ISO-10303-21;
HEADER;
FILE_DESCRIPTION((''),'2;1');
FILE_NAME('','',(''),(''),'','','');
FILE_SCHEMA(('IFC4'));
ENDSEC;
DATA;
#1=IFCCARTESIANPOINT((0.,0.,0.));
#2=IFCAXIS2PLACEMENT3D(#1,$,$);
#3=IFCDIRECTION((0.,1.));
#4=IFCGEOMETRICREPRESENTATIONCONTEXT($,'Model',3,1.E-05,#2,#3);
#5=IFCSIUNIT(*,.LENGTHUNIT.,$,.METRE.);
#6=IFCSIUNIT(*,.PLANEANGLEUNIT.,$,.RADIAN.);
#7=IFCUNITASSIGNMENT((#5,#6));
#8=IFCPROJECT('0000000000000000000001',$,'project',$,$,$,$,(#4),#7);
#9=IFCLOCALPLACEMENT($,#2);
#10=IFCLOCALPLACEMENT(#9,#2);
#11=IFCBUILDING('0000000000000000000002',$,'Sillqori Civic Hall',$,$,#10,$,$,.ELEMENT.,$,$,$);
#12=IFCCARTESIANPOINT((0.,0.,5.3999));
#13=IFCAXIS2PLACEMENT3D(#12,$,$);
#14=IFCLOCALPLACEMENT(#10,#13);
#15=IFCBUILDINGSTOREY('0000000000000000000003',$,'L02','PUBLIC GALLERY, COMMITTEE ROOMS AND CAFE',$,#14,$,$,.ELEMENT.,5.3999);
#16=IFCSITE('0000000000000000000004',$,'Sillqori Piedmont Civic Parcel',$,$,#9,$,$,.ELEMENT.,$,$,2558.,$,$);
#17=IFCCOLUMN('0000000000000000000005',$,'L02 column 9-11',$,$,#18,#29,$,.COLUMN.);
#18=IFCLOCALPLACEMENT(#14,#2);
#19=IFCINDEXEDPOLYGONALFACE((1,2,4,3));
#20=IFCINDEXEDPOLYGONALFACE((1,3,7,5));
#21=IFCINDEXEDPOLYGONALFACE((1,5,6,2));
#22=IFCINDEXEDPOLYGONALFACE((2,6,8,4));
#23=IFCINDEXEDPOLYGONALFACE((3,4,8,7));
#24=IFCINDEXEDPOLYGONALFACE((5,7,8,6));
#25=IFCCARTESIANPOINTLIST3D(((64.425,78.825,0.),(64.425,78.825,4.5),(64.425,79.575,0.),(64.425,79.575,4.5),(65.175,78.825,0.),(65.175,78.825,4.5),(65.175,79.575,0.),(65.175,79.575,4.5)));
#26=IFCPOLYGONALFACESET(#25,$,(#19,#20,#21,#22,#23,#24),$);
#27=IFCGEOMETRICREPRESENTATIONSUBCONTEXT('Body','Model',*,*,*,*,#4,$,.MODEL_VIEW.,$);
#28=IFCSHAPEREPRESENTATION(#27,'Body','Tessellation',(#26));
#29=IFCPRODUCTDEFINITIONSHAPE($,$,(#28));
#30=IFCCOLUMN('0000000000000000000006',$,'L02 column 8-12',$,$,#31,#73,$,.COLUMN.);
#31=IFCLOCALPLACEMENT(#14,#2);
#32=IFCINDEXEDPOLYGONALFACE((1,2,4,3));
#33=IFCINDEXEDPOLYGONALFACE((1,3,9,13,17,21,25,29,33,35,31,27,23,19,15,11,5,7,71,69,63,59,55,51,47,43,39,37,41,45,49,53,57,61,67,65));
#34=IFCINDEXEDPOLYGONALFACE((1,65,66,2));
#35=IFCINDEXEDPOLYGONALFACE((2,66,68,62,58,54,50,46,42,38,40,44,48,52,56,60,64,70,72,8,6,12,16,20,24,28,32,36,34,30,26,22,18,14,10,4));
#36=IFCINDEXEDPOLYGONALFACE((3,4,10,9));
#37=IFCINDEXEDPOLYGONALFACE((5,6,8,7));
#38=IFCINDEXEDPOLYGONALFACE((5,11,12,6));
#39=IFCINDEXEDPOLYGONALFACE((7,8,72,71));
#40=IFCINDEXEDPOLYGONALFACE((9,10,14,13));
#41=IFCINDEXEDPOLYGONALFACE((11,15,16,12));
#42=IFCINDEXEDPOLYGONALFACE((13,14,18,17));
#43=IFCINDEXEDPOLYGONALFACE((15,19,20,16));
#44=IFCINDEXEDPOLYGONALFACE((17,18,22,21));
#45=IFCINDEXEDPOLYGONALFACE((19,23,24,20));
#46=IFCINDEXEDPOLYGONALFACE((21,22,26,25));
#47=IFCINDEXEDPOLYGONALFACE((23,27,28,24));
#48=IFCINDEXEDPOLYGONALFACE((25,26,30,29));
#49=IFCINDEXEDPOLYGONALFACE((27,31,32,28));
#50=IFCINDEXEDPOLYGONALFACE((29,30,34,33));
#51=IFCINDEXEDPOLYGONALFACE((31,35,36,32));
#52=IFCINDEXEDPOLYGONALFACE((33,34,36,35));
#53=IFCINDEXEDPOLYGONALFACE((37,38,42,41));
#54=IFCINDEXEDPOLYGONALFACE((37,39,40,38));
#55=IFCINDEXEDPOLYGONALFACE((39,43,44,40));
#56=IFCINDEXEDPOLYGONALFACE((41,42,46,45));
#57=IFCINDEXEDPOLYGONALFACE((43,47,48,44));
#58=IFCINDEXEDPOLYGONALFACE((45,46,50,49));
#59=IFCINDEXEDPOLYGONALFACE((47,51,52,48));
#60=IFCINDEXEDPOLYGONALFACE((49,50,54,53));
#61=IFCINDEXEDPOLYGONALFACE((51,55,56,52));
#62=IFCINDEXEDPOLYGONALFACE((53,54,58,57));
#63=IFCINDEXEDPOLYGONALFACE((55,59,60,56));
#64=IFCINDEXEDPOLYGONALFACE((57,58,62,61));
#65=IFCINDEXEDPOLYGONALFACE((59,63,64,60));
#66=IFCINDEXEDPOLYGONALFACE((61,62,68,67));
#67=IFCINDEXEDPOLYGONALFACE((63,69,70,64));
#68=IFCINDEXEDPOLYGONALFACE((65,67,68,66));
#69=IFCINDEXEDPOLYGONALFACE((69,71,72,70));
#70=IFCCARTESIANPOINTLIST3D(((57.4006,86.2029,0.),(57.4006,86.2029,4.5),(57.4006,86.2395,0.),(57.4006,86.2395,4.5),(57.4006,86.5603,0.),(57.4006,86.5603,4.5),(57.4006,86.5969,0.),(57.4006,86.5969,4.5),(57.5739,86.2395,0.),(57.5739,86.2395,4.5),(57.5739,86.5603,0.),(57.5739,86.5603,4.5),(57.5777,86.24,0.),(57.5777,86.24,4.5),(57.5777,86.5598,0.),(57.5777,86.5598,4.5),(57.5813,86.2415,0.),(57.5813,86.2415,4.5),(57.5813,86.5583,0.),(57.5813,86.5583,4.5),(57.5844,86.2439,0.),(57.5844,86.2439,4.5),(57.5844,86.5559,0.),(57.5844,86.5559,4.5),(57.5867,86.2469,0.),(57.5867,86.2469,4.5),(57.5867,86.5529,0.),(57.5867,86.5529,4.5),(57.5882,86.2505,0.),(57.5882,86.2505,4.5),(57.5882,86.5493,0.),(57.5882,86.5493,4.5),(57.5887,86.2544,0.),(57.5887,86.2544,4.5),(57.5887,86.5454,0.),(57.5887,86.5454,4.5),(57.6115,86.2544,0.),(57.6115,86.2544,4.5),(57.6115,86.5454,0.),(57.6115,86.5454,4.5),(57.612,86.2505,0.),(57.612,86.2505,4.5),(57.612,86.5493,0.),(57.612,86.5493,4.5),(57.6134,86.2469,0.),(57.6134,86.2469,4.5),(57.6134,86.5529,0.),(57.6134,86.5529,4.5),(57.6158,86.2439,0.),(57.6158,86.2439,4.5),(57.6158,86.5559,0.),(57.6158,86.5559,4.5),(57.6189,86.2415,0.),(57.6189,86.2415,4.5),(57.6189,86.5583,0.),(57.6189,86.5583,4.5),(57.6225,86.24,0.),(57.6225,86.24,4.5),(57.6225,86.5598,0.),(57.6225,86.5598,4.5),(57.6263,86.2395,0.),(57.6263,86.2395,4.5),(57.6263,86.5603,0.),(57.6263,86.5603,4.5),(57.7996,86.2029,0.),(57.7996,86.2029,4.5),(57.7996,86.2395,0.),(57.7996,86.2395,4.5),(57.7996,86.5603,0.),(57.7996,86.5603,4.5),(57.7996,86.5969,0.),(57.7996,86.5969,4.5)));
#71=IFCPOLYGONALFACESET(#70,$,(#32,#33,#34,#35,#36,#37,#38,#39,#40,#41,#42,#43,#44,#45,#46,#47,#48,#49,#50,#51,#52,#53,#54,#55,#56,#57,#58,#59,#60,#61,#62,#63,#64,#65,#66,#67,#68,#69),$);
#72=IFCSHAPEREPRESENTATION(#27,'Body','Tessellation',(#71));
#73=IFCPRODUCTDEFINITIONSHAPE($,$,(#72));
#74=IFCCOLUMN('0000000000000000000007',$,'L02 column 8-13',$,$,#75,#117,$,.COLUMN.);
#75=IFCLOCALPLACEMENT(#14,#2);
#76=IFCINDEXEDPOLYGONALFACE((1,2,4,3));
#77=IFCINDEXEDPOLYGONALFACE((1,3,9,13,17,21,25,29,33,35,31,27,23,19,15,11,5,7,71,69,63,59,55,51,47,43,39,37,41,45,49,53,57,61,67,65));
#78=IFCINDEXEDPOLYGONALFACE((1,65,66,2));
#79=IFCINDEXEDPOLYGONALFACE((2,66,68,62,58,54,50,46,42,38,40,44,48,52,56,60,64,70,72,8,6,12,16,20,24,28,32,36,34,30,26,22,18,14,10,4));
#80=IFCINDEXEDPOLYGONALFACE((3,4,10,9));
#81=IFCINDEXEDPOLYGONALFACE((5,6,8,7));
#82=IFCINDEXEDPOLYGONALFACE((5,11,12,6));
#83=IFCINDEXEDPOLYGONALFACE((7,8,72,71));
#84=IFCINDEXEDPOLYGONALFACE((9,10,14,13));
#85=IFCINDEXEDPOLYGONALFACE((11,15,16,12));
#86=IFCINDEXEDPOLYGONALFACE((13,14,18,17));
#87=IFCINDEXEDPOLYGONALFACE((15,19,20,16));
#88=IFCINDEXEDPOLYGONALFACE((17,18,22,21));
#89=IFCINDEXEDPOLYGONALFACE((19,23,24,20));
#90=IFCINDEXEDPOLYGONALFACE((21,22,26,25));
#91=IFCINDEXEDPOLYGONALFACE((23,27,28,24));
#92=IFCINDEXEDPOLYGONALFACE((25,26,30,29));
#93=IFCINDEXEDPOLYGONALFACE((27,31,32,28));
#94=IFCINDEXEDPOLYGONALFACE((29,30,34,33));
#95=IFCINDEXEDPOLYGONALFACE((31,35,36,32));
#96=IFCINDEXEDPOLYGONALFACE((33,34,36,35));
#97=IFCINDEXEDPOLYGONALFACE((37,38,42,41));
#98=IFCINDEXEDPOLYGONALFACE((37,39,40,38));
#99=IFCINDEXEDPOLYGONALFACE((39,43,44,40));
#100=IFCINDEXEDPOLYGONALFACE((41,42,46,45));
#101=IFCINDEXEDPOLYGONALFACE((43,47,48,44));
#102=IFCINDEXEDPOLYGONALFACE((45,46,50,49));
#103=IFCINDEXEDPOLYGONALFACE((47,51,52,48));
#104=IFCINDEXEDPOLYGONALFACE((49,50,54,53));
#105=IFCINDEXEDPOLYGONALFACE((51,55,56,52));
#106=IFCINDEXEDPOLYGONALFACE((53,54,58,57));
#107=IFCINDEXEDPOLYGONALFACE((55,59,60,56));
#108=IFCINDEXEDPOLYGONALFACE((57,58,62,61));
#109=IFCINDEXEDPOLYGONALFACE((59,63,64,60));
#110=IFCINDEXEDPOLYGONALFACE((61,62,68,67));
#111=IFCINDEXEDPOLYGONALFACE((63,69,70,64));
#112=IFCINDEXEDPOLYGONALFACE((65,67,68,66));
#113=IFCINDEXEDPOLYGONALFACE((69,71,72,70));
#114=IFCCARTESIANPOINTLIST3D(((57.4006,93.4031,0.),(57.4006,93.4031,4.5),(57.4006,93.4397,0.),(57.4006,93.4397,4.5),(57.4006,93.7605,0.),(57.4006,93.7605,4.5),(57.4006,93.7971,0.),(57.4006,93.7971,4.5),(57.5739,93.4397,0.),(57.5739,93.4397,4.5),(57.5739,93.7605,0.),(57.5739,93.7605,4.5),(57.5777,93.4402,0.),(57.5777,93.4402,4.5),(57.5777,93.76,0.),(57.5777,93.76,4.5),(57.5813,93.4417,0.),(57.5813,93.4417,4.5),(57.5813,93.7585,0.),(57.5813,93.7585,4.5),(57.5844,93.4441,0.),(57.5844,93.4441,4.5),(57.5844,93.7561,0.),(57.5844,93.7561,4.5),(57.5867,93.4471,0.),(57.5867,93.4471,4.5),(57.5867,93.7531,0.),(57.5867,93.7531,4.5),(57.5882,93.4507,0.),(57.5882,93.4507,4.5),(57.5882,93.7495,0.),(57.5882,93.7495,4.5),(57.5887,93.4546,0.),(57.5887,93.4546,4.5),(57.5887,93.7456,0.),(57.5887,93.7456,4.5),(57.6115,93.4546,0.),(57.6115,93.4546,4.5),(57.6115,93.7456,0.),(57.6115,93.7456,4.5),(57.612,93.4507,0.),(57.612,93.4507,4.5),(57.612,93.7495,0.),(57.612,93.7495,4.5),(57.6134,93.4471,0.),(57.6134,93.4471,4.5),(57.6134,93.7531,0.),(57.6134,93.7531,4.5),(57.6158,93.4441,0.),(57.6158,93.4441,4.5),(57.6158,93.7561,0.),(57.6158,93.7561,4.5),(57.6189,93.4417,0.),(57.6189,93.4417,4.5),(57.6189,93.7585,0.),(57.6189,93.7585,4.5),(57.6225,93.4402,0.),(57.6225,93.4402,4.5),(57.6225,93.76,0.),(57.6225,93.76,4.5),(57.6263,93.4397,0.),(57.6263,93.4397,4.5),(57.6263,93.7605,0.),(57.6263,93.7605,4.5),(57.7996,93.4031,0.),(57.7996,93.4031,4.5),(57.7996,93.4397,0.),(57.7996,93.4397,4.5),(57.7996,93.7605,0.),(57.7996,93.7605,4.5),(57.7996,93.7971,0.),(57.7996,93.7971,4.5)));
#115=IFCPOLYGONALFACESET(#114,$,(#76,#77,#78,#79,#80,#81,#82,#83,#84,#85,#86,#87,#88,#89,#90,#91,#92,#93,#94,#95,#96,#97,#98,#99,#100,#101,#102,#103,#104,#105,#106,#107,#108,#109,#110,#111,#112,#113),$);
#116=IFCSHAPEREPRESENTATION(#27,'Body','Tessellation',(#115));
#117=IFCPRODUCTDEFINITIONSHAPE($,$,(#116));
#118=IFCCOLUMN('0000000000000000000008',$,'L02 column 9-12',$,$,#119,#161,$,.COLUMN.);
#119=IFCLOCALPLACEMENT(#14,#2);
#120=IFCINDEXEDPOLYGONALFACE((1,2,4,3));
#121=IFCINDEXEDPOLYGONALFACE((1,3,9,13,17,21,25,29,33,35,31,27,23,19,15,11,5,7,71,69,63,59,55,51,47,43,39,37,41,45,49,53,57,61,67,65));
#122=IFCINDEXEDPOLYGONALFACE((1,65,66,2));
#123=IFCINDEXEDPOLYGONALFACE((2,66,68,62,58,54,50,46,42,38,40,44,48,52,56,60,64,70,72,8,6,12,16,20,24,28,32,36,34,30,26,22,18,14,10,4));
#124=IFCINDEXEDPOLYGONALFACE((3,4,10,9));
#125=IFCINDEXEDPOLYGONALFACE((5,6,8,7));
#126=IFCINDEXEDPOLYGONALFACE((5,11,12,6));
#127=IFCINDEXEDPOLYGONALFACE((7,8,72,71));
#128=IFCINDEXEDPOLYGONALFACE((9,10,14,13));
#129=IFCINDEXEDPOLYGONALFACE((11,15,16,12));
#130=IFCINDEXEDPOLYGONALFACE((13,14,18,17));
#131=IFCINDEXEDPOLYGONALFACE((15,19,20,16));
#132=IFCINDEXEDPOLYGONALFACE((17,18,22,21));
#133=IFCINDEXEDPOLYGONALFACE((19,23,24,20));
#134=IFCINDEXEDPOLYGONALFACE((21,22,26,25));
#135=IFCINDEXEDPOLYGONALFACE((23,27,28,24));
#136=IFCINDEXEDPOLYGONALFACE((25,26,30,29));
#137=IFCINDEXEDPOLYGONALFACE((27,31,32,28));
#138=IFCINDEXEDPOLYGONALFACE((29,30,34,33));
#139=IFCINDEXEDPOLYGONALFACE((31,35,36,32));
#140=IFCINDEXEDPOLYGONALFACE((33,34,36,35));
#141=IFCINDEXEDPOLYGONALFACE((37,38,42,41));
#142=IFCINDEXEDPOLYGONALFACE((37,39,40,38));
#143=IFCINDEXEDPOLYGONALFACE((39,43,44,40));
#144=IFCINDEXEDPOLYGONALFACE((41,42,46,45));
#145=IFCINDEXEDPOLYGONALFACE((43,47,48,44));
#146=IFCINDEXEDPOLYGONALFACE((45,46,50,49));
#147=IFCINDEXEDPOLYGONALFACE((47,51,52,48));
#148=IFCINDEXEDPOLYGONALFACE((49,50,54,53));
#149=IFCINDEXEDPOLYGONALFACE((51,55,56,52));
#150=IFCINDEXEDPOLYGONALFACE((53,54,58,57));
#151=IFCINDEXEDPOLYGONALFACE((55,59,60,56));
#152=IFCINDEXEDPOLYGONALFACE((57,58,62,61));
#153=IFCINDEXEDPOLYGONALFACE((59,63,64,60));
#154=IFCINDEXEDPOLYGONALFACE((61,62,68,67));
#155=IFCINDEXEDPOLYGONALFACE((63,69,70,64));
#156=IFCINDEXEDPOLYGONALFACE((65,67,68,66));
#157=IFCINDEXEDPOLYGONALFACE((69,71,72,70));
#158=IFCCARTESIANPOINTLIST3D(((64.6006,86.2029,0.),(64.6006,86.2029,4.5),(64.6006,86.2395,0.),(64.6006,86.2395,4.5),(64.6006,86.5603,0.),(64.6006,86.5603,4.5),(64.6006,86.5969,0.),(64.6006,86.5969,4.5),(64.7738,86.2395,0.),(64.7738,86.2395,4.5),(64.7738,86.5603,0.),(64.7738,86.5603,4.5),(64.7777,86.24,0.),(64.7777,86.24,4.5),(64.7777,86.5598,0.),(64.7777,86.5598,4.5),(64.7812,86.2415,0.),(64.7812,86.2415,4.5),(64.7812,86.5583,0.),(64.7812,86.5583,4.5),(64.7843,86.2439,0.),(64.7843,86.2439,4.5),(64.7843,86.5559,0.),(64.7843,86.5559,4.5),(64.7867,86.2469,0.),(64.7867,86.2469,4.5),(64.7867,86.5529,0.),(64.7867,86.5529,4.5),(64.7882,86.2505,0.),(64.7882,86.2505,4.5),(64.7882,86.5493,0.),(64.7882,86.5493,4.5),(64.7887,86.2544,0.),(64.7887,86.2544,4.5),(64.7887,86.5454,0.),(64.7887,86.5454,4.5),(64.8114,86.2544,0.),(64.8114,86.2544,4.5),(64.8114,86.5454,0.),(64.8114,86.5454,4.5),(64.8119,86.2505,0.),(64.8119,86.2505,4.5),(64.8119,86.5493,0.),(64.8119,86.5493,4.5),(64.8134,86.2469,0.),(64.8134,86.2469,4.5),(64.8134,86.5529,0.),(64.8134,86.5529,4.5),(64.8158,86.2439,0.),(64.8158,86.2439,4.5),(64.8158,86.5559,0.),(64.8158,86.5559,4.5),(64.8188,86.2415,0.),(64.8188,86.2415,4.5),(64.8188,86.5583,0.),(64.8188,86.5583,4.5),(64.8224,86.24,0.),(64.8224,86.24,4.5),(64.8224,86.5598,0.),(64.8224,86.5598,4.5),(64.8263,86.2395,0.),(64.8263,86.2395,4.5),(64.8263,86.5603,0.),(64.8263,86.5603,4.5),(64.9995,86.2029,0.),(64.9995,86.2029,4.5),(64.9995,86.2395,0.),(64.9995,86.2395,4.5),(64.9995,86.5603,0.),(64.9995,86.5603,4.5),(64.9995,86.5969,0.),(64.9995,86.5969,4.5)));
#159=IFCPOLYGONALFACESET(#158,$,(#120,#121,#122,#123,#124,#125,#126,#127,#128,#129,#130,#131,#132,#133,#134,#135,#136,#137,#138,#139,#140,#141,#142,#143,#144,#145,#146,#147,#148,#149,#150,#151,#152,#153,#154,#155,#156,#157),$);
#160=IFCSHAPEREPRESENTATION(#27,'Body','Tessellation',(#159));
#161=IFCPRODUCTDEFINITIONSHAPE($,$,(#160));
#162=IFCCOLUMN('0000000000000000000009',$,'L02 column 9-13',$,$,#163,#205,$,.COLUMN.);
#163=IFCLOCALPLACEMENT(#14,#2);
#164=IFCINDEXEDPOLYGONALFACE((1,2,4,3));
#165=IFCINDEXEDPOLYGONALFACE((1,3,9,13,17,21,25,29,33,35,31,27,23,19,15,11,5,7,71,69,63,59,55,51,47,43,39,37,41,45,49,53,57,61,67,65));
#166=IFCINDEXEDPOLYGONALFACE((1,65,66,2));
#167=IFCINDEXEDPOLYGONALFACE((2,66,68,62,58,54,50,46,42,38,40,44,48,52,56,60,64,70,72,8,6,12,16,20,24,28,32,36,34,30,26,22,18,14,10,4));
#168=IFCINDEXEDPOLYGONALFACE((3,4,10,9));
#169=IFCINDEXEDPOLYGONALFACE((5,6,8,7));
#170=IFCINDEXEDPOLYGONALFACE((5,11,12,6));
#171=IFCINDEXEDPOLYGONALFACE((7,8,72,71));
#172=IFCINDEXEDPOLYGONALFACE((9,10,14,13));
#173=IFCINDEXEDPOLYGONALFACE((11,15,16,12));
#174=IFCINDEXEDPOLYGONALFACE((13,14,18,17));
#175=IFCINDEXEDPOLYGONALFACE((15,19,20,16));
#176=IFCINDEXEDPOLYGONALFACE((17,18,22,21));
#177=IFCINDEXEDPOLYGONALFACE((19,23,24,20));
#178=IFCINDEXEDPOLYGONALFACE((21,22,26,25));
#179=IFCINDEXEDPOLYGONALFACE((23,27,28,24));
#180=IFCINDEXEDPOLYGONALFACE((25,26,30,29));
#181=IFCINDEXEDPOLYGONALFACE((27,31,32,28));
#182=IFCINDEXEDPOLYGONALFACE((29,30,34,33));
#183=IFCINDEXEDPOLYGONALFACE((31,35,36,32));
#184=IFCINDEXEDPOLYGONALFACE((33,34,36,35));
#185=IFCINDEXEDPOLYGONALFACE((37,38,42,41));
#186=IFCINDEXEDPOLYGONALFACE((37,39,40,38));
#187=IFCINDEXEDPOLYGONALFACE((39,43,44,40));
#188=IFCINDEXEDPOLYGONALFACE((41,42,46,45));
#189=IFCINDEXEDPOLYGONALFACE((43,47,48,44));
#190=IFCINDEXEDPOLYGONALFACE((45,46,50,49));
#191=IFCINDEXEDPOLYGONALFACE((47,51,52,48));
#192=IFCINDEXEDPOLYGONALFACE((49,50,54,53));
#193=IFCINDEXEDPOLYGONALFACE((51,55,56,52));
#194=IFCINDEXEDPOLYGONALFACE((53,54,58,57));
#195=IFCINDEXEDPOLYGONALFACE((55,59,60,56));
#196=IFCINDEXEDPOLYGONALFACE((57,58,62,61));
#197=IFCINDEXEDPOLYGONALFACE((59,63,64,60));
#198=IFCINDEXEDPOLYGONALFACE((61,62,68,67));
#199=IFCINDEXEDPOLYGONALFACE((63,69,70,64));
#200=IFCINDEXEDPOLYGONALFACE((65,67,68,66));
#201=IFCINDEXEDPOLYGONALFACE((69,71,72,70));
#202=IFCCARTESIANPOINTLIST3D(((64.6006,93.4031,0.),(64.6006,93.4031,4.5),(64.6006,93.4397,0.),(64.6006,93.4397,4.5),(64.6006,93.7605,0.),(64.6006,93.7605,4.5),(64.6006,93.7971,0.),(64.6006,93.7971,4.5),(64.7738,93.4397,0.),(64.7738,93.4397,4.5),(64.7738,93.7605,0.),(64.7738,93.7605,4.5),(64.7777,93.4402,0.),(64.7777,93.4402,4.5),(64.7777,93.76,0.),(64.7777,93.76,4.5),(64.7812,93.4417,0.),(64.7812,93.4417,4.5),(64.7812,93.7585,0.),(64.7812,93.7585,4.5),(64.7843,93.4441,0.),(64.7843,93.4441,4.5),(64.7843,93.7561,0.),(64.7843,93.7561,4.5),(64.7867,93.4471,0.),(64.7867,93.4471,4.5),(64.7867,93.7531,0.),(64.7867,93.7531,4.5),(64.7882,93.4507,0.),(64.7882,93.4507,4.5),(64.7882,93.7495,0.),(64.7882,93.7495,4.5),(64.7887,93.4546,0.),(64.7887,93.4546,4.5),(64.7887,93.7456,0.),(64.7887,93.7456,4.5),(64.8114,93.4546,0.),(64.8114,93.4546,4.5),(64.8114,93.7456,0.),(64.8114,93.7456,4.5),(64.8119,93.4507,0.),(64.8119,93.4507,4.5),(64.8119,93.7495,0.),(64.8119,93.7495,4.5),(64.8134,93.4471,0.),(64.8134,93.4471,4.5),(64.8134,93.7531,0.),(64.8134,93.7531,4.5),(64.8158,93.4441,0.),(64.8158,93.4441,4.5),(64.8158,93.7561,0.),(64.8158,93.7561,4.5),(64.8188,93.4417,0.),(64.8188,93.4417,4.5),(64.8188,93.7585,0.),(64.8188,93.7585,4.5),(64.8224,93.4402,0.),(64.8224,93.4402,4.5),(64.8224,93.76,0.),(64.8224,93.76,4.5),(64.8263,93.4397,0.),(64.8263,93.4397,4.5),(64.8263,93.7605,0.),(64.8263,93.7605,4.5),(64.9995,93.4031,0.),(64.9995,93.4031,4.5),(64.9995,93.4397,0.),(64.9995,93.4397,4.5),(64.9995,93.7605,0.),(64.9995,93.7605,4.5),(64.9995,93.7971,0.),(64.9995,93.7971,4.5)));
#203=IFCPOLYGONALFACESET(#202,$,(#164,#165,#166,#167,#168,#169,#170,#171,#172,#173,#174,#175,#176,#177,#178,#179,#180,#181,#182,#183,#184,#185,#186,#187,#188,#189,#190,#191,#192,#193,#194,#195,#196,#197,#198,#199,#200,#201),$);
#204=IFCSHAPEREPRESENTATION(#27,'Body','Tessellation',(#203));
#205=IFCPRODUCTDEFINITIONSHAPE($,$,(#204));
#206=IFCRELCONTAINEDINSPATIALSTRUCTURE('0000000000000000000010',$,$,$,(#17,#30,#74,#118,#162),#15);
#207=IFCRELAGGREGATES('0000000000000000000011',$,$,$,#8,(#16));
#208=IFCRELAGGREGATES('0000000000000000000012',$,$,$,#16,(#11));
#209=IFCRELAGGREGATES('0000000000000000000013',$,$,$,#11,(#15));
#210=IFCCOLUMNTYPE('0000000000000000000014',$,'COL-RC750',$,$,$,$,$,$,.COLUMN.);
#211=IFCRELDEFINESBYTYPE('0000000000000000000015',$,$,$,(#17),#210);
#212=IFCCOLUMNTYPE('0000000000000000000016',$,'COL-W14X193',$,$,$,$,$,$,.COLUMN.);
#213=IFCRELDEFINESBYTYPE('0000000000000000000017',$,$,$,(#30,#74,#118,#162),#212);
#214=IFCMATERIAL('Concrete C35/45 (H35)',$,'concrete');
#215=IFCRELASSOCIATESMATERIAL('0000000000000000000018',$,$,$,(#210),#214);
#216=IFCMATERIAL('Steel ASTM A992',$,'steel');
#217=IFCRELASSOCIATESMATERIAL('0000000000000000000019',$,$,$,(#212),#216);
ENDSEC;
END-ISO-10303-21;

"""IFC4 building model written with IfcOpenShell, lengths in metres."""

from ifc_helpers import new_model, si_unit, direction, frame, origin, origin_2d, place, context, subcontext, project, spatial, rectangle, i_section, extrude, material, material_profile, profile_set, type_object, element, save


model = new_model("IFC4")

# Units and contexts
model_context = context("Model", 3, precision=1e-05, world=origin(), true_north=direction((0.0, 1.0)))
body_context = subcontext(model_context, "Body", "Model", "MODEL_VIEW")
ifc_project = project(units=[si_unit("LENGTHUNIT", "METRE"), si_unit("PLANEANGLEUNIT", "RADIAN")], contexts=[model_context])

# Site, building, storey
site_placement = place(None, origin())
site = spatial("IfcSite", under=ifc_project, at=site_placement, Name="Sillqori Piedmont Civic Parcel", CompositionType="ELEMENT", RefElevation=2558.0)
building_placement = place(site_placement, origin())
building = spatial("IfcBuilding", under=site, at=building_placement, Name="Sillqori Civic Hall", CompositionType="ELEMENT")
storey_placement = place(building_placement, frame((0.0, 0.0, 5.3999)))
storey = spatial("IfcBuildingStorey", under=building, at=storey_placement, Name="L02", Description="PUBLIC GALLERY, COMMITTEE ROOMS AND CAFE", CompositionType="ELEMENT", Elevation=5.3999)

# Columns
ifc_material_1 = material(Name="Concrete C35/45 (H35)", Category="concrete")
ifc_material_profile_1 = material_profile(ifc_material_1, rectangle(XDim=0.75, YDim=0.75, at=origin_2d()), Name="RC 750x750")
ifc_profile_set_1 = profile_set([ifc_material_profile_1], Name="Concrete C35/45 (H35)")
column_type_1 = type_object("IfcColumnType", Name="COL-RC750", PredefinedType="COLUMN", material=ifc_profile_set_1)
column_placement = place(storey_placement, frame((64.8, 79.2, 0.0), z_axis=(0.0, 0.0, 1.0), x_axis=(1.0, 0.0, 0.0)))
element("IfcColumn", 1, at=column_placement, inside=storey, type_object=column_type_1, Name="L02 column 9-11", PredefinedType="COLUMN", context=body_context, shape_type="SweptSolid", body=[
    extrude(rectangle(XDim=0.75, YDim=0.75, at=origin_2d()), origin(), (0.0, 0.0, 1.0), 4.5),
])
ifc_material_2 = material(Name="Steel ASTM A992", Category="steel")
ifc_material_profile_2 = material_profile(ifc_material_2, i_section(OverallWidth=0.3989, OverallDepth=0.394, WebThickness=0.0227, FlangeThickness=0.0366, FilletRadius=0.0149, at=origin_2d()), Name="W14X193")
ifc_profile_set_2 = profile_set([ifc_material_profile_2], Name="Steel ASTM A992")
column_type_2 = type_object("IfcColumnType", Name="COL-W14X193", PredefinedType="COLUMN", material=ifc_profile_set_2)
for number, where, z_axis, x_axis, name in (
    (2, (57.6001, 86.3999, 0.0), (0.0, 0.0, 1.0), (1.0, 0.0, 0.0), "L02 column 8-12"),
    (3, (57.6001, 93.6001, 0.0), (0.0, 0.0, 1.0), (1.0, 0.0, 0.0), "L02 column 8-13"),
    (4, (64.8, 86.3999, 0.0), (0.0, 0.0, 1.0), (1.0, 0.0, 0.0), "L02 column 9-12"),
    (5, (64.8, 93.6001, 0.0), (0.0, 0.0, 1.0), (1.0, 0.0, 0.0), "L02 column 9-13"),
):
    element("IfcColumn", number, at=place(storey_placement, frame(where, z_axis=z_axis, x_axis=x_axis)), inside=storey, type_object=column_type_2, Name=name, PredefinedType="COLUMN", context=body_context, shape_type="SweptSolid", body=[
        extrude(i_section(OverallWidth=0.3989, OverallDepth=0.394, WebThickness=0.0227, FlangeThickness=0.0366, FilletRadius=0.0149, at=origin_2d()), origin(), (0.0, 0.0, 1.0), 4.5),
    ])

save(model, "model.ifc")
